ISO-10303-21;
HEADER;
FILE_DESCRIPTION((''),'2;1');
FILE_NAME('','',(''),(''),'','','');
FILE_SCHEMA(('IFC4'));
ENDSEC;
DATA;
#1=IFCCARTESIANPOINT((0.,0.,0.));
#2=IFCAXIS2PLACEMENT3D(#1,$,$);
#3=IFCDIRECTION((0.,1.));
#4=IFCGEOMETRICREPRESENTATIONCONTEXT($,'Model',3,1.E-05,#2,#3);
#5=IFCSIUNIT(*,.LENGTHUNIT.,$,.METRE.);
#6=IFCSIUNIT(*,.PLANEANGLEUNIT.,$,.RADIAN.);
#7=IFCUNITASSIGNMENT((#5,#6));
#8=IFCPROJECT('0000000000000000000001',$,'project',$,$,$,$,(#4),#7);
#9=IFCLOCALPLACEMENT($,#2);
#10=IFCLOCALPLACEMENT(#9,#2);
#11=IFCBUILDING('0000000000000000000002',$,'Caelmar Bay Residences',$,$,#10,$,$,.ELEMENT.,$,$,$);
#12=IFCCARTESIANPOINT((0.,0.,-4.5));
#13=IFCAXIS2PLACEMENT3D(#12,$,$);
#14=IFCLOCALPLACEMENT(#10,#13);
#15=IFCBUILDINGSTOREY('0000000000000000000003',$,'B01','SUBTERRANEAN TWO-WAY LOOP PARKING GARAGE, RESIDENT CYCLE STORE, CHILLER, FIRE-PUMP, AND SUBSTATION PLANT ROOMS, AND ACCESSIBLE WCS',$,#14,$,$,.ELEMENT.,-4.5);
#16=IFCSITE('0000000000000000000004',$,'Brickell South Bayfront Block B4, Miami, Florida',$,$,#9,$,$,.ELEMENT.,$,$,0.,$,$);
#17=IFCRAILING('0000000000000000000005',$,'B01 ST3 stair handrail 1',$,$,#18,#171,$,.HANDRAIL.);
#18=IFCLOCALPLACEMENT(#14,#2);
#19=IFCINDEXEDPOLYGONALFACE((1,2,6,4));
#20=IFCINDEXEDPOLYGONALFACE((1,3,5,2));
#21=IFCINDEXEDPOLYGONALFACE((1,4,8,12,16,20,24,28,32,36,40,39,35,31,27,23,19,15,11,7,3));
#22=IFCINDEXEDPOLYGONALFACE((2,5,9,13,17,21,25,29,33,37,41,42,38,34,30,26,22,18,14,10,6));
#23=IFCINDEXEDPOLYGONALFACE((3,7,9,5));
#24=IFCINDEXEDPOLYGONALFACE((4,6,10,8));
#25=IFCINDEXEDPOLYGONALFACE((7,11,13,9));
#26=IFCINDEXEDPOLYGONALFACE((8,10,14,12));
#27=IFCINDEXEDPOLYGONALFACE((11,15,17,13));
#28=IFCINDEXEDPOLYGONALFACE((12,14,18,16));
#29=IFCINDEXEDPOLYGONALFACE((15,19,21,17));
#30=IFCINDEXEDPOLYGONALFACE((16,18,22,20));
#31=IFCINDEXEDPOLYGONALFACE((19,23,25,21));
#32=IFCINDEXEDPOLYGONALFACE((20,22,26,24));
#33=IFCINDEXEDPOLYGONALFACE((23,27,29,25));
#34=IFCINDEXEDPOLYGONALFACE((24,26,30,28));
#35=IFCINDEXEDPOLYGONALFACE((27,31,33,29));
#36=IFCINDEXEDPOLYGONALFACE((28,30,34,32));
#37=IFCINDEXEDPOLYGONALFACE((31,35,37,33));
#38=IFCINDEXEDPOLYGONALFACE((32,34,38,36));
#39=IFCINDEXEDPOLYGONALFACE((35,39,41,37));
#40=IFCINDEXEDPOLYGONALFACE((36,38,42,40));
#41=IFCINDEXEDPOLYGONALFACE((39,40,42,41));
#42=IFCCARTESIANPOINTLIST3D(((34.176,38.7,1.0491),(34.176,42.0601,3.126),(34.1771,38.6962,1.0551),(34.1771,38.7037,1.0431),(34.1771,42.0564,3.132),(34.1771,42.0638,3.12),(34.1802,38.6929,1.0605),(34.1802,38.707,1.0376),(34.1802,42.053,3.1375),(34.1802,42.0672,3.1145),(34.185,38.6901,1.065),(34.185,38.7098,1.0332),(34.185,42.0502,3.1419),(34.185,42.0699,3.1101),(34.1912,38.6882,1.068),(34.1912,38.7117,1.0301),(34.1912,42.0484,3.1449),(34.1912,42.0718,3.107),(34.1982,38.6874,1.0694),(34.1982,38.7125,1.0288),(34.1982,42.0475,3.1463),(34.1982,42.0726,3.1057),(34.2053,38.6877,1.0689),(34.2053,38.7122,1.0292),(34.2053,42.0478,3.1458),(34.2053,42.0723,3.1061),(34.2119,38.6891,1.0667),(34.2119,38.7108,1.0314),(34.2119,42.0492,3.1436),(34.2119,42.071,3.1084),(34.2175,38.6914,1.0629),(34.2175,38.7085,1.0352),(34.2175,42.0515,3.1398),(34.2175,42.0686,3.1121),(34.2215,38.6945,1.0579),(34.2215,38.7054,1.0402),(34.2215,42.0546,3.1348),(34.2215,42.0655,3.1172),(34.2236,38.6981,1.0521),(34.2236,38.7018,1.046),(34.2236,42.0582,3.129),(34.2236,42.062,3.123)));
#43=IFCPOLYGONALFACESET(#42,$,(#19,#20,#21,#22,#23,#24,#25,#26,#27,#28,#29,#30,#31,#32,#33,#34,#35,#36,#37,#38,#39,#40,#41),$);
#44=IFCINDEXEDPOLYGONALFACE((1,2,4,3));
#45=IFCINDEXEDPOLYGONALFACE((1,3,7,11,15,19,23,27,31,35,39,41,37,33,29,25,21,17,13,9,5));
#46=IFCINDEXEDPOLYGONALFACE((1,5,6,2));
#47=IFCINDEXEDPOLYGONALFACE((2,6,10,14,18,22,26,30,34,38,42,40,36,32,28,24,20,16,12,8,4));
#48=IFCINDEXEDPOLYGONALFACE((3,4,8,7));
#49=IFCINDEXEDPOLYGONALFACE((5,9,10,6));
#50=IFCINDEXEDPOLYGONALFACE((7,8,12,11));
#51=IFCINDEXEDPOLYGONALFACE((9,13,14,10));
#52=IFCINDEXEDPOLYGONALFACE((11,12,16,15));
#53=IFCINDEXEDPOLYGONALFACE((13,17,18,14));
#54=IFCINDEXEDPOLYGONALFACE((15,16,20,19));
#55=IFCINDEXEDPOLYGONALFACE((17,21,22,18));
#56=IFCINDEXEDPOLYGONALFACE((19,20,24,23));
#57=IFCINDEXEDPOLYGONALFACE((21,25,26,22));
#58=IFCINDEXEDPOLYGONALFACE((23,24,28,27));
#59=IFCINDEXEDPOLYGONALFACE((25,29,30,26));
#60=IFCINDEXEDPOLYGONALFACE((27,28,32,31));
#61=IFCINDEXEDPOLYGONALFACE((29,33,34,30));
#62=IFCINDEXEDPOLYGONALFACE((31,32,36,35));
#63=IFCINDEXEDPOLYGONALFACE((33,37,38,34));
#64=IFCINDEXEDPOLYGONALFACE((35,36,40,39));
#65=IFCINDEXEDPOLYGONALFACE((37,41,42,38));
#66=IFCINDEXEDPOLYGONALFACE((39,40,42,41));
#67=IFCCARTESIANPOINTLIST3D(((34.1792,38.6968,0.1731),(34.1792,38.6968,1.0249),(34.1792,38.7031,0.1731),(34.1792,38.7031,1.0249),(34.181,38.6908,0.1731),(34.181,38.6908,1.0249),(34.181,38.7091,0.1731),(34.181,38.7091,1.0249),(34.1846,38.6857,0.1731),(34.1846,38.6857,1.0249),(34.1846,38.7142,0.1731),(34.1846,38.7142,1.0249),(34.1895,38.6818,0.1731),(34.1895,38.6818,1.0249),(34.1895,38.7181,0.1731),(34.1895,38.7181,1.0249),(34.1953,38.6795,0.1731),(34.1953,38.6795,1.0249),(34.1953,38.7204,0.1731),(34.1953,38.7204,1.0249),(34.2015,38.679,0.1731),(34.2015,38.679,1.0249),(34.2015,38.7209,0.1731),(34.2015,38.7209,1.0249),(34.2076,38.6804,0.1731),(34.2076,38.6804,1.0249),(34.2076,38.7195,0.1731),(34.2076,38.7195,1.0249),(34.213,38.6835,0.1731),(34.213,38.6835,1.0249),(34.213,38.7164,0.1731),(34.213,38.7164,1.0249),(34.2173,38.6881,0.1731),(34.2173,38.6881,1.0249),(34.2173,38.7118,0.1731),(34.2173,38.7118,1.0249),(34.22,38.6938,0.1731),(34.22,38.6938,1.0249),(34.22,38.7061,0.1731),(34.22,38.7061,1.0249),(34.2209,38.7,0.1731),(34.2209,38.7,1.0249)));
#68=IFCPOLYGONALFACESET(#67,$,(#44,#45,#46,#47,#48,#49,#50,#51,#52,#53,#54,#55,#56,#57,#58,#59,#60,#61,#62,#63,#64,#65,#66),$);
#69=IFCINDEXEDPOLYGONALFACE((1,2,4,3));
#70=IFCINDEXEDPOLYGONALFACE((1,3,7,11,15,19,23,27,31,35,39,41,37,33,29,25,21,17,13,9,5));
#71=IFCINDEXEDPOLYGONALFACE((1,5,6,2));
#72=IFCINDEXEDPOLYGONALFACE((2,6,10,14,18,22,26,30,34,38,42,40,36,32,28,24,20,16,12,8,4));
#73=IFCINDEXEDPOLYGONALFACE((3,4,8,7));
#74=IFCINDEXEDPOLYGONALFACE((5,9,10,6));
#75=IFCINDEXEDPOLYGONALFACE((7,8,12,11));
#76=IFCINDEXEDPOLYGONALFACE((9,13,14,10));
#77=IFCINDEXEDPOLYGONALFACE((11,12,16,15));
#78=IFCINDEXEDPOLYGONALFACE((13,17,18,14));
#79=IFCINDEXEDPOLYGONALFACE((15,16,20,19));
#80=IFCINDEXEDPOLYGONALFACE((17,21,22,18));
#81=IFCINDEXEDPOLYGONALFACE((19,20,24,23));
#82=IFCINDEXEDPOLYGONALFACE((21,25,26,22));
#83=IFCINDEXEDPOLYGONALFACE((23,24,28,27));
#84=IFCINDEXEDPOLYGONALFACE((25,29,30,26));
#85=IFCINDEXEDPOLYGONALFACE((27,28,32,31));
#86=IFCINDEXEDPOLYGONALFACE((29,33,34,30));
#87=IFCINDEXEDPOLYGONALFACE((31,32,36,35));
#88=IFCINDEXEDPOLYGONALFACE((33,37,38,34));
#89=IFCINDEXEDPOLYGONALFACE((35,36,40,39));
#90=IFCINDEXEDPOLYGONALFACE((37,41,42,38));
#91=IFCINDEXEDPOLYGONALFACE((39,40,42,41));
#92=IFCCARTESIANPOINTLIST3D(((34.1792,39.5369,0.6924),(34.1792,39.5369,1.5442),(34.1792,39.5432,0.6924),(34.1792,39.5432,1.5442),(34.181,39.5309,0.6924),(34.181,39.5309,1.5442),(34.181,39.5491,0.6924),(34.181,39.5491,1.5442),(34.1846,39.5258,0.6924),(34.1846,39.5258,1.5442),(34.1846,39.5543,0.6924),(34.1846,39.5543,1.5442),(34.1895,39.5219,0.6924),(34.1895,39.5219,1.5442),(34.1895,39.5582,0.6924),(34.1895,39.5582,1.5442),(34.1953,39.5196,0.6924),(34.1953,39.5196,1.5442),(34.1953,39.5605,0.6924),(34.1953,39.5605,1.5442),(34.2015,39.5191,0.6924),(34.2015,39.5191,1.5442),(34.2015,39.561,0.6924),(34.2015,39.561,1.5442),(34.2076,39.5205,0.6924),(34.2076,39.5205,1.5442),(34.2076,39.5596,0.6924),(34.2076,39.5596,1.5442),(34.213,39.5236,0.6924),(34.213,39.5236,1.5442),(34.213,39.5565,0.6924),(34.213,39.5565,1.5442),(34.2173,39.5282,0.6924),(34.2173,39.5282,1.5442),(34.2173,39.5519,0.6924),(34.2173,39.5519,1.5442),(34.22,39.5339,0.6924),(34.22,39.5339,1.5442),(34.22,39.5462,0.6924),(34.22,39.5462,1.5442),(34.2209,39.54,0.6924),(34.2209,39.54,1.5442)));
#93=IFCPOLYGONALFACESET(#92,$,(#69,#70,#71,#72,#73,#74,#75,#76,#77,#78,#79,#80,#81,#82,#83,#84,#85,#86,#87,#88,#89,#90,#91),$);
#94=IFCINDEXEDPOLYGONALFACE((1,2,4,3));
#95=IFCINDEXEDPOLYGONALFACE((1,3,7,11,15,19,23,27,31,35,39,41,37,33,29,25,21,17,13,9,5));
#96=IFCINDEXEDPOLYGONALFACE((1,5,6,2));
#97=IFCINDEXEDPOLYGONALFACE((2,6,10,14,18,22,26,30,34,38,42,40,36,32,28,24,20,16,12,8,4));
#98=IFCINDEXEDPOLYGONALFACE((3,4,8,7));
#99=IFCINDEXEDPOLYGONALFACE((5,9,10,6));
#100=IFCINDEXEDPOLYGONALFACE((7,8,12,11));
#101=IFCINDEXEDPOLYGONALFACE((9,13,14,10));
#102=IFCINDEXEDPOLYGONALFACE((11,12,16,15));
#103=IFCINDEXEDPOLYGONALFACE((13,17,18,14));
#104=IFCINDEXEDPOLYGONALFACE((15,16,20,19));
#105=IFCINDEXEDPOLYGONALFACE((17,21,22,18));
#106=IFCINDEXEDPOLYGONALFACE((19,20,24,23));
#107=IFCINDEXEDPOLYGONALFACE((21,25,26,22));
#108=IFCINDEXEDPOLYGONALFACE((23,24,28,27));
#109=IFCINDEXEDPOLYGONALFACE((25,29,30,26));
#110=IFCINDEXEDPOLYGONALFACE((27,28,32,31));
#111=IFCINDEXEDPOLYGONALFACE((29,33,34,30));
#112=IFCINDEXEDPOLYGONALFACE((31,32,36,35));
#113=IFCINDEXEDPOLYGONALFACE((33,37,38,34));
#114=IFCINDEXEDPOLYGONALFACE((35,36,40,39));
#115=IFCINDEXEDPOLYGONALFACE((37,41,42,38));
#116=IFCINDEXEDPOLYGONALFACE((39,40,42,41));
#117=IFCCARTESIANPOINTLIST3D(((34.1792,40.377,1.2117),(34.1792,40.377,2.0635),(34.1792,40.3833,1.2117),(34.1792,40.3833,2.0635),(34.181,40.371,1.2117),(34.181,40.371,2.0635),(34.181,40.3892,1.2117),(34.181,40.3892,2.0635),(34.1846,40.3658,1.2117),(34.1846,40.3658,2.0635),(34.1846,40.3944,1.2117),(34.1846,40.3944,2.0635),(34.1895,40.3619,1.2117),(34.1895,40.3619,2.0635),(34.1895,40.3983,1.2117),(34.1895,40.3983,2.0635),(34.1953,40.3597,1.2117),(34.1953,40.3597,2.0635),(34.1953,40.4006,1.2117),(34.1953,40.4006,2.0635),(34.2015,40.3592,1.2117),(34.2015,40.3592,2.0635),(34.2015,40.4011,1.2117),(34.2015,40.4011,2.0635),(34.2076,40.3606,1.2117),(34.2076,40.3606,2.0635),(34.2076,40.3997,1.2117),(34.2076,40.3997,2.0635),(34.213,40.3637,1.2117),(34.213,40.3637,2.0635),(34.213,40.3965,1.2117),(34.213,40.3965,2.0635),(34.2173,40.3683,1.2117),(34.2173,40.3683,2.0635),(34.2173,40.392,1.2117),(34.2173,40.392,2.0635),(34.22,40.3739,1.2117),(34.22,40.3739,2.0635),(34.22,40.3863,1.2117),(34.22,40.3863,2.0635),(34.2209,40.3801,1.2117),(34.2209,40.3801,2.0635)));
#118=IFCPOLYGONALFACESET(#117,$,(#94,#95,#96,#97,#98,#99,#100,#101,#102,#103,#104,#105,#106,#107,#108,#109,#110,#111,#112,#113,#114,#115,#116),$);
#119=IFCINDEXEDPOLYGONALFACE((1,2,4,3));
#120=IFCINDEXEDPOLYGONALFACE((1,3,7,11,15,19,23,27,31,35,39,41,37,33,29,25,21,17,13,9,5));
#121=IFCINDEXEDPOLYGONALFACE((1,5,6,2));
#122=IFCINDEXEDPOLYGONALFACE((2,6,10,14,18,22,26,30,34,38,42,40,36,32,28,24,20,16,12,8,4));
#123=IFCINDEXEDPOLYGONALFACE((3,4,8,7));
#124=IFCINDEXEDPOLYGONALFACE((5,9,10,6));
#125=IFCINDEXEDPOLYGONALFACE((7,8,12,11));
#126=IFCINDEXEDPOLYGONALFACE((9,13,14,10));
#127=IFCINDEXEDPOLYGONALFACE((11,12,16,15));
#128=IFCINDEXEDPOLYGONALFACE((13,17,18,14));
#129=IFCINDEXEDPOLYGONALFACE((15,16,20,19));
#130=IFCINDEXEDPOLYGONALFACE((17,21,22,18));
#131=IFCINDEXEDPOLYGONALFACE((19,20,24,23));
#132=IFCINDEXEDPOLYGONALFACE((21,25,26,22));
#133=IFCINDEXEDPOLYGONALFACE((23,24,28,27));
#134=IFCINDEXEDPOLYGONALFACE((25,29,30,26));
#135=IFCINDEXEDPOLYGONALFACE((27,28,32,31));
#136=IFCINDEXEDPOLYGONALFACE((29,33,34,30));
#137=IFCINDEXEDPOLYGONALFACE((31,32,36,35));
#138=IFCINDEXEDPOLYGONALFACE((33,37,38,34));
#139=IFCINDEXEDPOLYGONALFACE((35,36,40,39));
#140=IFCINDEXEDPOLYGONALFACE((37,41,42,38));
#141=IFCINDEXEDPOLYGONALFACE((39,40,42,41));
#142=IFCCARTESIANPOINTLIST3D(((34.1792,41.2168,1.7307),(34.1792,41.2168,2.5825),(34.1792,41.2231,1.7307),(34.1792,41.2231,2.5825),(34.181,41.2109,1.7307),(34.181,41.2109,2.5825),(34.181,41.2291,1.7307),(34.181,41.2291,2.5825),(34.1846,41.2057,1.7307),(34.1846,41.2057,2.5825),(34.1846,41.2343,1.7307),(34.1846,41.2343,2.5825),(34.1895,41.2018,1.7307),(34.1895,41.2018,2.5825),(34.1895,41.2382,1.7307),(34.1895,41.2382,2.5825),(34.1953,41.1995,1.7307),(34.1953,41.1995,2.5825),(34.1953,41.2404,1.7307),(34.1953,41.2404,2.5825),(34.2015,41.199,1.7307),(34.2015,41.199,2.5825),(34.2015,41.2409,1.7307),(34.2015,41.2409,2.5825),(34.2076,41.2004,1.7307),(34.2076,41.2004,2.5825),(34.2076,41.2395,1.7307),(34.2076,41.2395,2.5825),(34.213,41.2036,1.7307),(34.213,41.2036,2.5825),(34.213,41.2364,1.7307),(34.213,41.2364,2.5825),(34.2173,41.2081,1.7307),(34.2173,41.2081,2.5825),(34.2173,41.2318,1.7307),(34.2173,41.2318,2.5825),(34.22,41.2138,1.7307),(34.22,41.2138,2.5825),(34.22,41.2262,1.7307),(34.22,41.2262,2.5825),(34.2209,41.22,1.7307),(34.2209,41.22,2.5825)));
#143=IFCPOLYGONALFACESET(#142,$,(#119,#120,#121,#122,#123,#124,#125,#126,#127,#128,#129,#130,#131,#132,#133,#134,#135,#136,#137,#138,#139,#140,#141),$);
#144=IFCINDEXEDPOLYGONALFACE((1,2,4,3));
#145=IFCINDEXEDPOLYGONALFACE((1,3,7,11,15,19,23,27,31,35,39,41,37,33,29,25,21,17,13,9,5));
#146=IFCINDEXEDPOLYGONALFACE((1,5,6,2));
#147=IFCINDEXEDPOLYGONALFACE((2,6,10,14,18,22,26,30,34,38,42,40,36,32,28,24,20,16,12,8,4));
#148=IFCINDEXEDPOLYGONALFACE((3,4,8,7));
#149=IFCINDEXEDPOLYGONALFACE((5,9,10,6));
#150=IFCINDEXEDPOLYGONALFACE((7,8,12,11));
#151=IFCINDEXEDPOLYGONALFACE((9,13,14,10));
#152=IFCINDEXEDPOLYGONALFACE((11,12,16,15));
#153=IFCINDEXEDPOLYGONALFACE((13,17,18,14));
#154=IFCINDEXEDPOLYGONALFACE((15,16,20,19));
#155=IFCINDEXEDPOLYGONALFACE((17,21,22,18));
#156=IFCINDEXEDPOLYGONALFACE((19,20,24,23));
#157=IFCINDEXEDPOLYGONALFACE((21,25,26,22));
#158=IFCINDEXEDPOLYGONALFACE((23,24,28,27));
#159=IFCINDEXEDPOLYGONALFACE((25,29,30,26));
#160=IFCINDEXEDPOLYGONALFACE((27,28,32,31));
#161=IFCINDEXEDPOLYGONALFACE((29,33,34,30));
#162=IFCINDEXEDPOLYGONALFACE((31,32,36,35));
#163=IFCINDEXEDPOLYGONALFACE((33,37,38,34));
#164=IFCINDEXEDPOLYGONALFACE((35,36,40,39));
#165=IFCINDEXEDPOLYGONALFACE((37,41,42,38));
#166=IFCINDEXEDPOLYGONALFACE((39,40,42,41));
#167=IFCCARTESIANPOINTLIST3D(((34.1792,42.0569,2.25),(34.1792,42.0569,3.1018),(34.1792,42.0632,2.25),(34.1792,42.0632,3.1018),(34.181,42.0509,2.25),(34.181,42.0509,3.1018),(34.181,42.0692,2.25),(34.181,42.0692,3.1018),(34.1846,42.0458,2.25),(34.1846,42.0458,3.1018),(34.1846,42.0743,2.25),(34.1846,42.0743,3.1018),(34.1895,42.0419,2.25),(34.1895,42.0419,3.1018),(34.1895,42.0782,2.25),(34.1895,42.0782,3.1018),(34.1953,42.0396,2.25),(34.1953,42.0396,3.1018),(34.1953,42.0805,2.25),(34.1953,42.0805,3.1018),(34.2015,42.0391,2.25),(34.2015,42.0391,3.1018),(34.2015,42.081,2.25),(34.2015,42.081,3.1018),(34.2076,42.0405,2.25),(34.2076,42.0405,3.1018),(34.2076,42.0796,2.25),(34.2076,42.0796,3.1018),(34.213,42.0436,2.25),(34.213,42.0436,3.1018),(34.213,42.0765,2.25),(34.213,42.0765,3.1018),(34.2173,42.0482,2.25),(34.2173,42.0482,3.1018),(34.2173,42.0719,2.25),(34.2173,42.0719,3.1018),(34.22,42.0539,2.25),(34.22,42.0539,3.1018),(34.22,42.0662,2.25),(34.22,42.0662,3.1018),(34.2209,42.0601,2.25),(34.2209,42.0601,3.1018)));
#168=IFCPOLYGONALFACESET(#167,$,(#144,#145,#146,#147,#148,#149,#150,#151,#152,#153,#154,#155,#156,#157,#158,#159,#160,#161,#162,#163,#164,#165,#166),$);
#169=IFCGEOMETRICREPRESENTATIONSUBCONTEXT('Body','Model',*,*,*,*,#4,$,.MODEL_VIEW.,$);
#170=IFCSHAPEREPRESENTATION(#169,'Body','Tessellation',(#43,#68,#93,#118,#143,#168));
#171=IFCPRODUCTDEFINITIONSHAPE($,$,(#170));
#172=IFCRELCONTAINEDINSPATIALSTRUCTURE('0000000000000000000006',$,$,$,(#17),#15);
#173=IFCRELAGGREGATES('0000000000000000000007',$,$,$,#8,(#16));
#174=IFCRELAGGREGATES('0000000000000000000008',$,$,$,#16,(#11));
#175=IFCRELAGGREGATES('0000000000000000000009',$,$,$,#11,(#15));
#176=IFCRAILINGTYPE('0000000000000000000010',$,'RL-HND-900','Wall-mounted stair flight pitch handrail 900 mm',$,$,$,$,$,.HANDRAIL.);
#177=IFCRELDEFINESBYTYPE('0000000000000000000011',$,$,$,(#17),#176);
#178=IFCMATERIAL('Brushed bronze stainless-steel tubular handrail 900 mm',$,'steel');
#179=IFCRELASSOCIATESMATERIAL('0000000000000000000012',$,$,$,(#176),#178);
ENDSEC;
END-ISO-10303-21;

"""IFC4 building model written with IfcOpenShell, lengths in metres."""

from ifc_helpers import new_model, si_unit, direction, frame, origin, origin_2d, place, context, subcontext, project, spatial, circle, extrude, material, type_object, element, save


model = new_model("IFC4")

# Units and contexts
model_context = context("Model", 3, precision=1e-05, world=origin(), true_north=direction((0.0, 1.0)))
body_context = subcontext(model_context, "Body", "Model", "MODEL_VIEW")
ifc_project = project(units=[si_unit("LENGTHUNIT", "METRE"), si_unit("PLANEANGLEUNIT", "RADIAN")], contexts=[model_context])

# Site, building, storey
site_placement = place(None, origin())
site = spatial("IfcSite", under=ifc_project, at=site_placement, Name="Brickell South Bayfront Block B4, Miami, Florida", CompositionType="ELEMENT", RefElevation=0.0)
building_placement = place(site_placement, origin())
building = spatial("IfcBuilding", under=site, at=building_placement, Name="Caelmar Bay Residences", CompositionType="ELEMENT")
storey_placement = place(building_placement, frame((0.0, 0.0, -4.5)))
storey = spatial("IfcBuildingStorey", under=building, at=storey_placement, Name="B01", Description="SUBTERRANEAN TWO-WAY LOOP PARKING GARAGE, RESIDENT CYCLE STORE, CHILLER, FIRE-PUMP, AND SUBSTATION PLANT ROOMS, AND ACCESSIBLE WCS", CompositionType="ELEMENT", Elevation=-4.5)

# Railing
ifc_material_1 = material(Name="Brushed bronze stainless-steel tubular handrail 900 mm", Category="steel")
railing_type_1 = type_object("IfcRailingType", Name="RL-HND-900", Description="Wall-mounted stair flight pitch handrail 900 mm", PredefinedType="HANDRAIL", material=ifc_material_1)
railing_1_placement = place(storey_placement, frame((34.2, 38.7, 0.1731)))
element("IfcRailing", 1, at=railing_1_placement, inside=storey, type_object=railing_type_1, Name="B01 ST3 stair handrail 1", PredefinedType="HANDRAIL", context=body_context, shape_type="SweptSolid", body=[
    extrude(circle(Radius=0.0239, at=origin_2d()), frame((0.0, 0.0, 0.876), z_axis=(0.0, 0.850623, 0.525776), x_axis=(-1.0, 0.0, 0.0)), (0.0, 0.0, 1.0), 3.9502),
    extrude(circle(Radius=0.021, at=origin_2d()), origin(), (0.0, 0.0, 1.0), 0.8518),
    extrude(circle(Radius=0.021, at=origin_2d()), frame((0.0, 0.8401, 0.5193)), (0.0, 0.0, 1.0), 0.8518),
    extrude(circle(Radius=0.021, at=origin_2d()), frame((0.0, 1.6802, 1.0386)), (0.0, 0.0, 1.0), 0.8518),
    extrude(circle(Radius=0.021, at=origin_2d()), frame((0.0, 2.52, 1.5576)), (0.0, 0.0, 1.0), 0.8518),
    extrude(circle(Radius=0.021, at=origin_2d()), frame((0.0, 3.3601, 2.0769)), (0.0, 0.0, 1.0), 0.8518),
])

save(model, "model.ifc")
